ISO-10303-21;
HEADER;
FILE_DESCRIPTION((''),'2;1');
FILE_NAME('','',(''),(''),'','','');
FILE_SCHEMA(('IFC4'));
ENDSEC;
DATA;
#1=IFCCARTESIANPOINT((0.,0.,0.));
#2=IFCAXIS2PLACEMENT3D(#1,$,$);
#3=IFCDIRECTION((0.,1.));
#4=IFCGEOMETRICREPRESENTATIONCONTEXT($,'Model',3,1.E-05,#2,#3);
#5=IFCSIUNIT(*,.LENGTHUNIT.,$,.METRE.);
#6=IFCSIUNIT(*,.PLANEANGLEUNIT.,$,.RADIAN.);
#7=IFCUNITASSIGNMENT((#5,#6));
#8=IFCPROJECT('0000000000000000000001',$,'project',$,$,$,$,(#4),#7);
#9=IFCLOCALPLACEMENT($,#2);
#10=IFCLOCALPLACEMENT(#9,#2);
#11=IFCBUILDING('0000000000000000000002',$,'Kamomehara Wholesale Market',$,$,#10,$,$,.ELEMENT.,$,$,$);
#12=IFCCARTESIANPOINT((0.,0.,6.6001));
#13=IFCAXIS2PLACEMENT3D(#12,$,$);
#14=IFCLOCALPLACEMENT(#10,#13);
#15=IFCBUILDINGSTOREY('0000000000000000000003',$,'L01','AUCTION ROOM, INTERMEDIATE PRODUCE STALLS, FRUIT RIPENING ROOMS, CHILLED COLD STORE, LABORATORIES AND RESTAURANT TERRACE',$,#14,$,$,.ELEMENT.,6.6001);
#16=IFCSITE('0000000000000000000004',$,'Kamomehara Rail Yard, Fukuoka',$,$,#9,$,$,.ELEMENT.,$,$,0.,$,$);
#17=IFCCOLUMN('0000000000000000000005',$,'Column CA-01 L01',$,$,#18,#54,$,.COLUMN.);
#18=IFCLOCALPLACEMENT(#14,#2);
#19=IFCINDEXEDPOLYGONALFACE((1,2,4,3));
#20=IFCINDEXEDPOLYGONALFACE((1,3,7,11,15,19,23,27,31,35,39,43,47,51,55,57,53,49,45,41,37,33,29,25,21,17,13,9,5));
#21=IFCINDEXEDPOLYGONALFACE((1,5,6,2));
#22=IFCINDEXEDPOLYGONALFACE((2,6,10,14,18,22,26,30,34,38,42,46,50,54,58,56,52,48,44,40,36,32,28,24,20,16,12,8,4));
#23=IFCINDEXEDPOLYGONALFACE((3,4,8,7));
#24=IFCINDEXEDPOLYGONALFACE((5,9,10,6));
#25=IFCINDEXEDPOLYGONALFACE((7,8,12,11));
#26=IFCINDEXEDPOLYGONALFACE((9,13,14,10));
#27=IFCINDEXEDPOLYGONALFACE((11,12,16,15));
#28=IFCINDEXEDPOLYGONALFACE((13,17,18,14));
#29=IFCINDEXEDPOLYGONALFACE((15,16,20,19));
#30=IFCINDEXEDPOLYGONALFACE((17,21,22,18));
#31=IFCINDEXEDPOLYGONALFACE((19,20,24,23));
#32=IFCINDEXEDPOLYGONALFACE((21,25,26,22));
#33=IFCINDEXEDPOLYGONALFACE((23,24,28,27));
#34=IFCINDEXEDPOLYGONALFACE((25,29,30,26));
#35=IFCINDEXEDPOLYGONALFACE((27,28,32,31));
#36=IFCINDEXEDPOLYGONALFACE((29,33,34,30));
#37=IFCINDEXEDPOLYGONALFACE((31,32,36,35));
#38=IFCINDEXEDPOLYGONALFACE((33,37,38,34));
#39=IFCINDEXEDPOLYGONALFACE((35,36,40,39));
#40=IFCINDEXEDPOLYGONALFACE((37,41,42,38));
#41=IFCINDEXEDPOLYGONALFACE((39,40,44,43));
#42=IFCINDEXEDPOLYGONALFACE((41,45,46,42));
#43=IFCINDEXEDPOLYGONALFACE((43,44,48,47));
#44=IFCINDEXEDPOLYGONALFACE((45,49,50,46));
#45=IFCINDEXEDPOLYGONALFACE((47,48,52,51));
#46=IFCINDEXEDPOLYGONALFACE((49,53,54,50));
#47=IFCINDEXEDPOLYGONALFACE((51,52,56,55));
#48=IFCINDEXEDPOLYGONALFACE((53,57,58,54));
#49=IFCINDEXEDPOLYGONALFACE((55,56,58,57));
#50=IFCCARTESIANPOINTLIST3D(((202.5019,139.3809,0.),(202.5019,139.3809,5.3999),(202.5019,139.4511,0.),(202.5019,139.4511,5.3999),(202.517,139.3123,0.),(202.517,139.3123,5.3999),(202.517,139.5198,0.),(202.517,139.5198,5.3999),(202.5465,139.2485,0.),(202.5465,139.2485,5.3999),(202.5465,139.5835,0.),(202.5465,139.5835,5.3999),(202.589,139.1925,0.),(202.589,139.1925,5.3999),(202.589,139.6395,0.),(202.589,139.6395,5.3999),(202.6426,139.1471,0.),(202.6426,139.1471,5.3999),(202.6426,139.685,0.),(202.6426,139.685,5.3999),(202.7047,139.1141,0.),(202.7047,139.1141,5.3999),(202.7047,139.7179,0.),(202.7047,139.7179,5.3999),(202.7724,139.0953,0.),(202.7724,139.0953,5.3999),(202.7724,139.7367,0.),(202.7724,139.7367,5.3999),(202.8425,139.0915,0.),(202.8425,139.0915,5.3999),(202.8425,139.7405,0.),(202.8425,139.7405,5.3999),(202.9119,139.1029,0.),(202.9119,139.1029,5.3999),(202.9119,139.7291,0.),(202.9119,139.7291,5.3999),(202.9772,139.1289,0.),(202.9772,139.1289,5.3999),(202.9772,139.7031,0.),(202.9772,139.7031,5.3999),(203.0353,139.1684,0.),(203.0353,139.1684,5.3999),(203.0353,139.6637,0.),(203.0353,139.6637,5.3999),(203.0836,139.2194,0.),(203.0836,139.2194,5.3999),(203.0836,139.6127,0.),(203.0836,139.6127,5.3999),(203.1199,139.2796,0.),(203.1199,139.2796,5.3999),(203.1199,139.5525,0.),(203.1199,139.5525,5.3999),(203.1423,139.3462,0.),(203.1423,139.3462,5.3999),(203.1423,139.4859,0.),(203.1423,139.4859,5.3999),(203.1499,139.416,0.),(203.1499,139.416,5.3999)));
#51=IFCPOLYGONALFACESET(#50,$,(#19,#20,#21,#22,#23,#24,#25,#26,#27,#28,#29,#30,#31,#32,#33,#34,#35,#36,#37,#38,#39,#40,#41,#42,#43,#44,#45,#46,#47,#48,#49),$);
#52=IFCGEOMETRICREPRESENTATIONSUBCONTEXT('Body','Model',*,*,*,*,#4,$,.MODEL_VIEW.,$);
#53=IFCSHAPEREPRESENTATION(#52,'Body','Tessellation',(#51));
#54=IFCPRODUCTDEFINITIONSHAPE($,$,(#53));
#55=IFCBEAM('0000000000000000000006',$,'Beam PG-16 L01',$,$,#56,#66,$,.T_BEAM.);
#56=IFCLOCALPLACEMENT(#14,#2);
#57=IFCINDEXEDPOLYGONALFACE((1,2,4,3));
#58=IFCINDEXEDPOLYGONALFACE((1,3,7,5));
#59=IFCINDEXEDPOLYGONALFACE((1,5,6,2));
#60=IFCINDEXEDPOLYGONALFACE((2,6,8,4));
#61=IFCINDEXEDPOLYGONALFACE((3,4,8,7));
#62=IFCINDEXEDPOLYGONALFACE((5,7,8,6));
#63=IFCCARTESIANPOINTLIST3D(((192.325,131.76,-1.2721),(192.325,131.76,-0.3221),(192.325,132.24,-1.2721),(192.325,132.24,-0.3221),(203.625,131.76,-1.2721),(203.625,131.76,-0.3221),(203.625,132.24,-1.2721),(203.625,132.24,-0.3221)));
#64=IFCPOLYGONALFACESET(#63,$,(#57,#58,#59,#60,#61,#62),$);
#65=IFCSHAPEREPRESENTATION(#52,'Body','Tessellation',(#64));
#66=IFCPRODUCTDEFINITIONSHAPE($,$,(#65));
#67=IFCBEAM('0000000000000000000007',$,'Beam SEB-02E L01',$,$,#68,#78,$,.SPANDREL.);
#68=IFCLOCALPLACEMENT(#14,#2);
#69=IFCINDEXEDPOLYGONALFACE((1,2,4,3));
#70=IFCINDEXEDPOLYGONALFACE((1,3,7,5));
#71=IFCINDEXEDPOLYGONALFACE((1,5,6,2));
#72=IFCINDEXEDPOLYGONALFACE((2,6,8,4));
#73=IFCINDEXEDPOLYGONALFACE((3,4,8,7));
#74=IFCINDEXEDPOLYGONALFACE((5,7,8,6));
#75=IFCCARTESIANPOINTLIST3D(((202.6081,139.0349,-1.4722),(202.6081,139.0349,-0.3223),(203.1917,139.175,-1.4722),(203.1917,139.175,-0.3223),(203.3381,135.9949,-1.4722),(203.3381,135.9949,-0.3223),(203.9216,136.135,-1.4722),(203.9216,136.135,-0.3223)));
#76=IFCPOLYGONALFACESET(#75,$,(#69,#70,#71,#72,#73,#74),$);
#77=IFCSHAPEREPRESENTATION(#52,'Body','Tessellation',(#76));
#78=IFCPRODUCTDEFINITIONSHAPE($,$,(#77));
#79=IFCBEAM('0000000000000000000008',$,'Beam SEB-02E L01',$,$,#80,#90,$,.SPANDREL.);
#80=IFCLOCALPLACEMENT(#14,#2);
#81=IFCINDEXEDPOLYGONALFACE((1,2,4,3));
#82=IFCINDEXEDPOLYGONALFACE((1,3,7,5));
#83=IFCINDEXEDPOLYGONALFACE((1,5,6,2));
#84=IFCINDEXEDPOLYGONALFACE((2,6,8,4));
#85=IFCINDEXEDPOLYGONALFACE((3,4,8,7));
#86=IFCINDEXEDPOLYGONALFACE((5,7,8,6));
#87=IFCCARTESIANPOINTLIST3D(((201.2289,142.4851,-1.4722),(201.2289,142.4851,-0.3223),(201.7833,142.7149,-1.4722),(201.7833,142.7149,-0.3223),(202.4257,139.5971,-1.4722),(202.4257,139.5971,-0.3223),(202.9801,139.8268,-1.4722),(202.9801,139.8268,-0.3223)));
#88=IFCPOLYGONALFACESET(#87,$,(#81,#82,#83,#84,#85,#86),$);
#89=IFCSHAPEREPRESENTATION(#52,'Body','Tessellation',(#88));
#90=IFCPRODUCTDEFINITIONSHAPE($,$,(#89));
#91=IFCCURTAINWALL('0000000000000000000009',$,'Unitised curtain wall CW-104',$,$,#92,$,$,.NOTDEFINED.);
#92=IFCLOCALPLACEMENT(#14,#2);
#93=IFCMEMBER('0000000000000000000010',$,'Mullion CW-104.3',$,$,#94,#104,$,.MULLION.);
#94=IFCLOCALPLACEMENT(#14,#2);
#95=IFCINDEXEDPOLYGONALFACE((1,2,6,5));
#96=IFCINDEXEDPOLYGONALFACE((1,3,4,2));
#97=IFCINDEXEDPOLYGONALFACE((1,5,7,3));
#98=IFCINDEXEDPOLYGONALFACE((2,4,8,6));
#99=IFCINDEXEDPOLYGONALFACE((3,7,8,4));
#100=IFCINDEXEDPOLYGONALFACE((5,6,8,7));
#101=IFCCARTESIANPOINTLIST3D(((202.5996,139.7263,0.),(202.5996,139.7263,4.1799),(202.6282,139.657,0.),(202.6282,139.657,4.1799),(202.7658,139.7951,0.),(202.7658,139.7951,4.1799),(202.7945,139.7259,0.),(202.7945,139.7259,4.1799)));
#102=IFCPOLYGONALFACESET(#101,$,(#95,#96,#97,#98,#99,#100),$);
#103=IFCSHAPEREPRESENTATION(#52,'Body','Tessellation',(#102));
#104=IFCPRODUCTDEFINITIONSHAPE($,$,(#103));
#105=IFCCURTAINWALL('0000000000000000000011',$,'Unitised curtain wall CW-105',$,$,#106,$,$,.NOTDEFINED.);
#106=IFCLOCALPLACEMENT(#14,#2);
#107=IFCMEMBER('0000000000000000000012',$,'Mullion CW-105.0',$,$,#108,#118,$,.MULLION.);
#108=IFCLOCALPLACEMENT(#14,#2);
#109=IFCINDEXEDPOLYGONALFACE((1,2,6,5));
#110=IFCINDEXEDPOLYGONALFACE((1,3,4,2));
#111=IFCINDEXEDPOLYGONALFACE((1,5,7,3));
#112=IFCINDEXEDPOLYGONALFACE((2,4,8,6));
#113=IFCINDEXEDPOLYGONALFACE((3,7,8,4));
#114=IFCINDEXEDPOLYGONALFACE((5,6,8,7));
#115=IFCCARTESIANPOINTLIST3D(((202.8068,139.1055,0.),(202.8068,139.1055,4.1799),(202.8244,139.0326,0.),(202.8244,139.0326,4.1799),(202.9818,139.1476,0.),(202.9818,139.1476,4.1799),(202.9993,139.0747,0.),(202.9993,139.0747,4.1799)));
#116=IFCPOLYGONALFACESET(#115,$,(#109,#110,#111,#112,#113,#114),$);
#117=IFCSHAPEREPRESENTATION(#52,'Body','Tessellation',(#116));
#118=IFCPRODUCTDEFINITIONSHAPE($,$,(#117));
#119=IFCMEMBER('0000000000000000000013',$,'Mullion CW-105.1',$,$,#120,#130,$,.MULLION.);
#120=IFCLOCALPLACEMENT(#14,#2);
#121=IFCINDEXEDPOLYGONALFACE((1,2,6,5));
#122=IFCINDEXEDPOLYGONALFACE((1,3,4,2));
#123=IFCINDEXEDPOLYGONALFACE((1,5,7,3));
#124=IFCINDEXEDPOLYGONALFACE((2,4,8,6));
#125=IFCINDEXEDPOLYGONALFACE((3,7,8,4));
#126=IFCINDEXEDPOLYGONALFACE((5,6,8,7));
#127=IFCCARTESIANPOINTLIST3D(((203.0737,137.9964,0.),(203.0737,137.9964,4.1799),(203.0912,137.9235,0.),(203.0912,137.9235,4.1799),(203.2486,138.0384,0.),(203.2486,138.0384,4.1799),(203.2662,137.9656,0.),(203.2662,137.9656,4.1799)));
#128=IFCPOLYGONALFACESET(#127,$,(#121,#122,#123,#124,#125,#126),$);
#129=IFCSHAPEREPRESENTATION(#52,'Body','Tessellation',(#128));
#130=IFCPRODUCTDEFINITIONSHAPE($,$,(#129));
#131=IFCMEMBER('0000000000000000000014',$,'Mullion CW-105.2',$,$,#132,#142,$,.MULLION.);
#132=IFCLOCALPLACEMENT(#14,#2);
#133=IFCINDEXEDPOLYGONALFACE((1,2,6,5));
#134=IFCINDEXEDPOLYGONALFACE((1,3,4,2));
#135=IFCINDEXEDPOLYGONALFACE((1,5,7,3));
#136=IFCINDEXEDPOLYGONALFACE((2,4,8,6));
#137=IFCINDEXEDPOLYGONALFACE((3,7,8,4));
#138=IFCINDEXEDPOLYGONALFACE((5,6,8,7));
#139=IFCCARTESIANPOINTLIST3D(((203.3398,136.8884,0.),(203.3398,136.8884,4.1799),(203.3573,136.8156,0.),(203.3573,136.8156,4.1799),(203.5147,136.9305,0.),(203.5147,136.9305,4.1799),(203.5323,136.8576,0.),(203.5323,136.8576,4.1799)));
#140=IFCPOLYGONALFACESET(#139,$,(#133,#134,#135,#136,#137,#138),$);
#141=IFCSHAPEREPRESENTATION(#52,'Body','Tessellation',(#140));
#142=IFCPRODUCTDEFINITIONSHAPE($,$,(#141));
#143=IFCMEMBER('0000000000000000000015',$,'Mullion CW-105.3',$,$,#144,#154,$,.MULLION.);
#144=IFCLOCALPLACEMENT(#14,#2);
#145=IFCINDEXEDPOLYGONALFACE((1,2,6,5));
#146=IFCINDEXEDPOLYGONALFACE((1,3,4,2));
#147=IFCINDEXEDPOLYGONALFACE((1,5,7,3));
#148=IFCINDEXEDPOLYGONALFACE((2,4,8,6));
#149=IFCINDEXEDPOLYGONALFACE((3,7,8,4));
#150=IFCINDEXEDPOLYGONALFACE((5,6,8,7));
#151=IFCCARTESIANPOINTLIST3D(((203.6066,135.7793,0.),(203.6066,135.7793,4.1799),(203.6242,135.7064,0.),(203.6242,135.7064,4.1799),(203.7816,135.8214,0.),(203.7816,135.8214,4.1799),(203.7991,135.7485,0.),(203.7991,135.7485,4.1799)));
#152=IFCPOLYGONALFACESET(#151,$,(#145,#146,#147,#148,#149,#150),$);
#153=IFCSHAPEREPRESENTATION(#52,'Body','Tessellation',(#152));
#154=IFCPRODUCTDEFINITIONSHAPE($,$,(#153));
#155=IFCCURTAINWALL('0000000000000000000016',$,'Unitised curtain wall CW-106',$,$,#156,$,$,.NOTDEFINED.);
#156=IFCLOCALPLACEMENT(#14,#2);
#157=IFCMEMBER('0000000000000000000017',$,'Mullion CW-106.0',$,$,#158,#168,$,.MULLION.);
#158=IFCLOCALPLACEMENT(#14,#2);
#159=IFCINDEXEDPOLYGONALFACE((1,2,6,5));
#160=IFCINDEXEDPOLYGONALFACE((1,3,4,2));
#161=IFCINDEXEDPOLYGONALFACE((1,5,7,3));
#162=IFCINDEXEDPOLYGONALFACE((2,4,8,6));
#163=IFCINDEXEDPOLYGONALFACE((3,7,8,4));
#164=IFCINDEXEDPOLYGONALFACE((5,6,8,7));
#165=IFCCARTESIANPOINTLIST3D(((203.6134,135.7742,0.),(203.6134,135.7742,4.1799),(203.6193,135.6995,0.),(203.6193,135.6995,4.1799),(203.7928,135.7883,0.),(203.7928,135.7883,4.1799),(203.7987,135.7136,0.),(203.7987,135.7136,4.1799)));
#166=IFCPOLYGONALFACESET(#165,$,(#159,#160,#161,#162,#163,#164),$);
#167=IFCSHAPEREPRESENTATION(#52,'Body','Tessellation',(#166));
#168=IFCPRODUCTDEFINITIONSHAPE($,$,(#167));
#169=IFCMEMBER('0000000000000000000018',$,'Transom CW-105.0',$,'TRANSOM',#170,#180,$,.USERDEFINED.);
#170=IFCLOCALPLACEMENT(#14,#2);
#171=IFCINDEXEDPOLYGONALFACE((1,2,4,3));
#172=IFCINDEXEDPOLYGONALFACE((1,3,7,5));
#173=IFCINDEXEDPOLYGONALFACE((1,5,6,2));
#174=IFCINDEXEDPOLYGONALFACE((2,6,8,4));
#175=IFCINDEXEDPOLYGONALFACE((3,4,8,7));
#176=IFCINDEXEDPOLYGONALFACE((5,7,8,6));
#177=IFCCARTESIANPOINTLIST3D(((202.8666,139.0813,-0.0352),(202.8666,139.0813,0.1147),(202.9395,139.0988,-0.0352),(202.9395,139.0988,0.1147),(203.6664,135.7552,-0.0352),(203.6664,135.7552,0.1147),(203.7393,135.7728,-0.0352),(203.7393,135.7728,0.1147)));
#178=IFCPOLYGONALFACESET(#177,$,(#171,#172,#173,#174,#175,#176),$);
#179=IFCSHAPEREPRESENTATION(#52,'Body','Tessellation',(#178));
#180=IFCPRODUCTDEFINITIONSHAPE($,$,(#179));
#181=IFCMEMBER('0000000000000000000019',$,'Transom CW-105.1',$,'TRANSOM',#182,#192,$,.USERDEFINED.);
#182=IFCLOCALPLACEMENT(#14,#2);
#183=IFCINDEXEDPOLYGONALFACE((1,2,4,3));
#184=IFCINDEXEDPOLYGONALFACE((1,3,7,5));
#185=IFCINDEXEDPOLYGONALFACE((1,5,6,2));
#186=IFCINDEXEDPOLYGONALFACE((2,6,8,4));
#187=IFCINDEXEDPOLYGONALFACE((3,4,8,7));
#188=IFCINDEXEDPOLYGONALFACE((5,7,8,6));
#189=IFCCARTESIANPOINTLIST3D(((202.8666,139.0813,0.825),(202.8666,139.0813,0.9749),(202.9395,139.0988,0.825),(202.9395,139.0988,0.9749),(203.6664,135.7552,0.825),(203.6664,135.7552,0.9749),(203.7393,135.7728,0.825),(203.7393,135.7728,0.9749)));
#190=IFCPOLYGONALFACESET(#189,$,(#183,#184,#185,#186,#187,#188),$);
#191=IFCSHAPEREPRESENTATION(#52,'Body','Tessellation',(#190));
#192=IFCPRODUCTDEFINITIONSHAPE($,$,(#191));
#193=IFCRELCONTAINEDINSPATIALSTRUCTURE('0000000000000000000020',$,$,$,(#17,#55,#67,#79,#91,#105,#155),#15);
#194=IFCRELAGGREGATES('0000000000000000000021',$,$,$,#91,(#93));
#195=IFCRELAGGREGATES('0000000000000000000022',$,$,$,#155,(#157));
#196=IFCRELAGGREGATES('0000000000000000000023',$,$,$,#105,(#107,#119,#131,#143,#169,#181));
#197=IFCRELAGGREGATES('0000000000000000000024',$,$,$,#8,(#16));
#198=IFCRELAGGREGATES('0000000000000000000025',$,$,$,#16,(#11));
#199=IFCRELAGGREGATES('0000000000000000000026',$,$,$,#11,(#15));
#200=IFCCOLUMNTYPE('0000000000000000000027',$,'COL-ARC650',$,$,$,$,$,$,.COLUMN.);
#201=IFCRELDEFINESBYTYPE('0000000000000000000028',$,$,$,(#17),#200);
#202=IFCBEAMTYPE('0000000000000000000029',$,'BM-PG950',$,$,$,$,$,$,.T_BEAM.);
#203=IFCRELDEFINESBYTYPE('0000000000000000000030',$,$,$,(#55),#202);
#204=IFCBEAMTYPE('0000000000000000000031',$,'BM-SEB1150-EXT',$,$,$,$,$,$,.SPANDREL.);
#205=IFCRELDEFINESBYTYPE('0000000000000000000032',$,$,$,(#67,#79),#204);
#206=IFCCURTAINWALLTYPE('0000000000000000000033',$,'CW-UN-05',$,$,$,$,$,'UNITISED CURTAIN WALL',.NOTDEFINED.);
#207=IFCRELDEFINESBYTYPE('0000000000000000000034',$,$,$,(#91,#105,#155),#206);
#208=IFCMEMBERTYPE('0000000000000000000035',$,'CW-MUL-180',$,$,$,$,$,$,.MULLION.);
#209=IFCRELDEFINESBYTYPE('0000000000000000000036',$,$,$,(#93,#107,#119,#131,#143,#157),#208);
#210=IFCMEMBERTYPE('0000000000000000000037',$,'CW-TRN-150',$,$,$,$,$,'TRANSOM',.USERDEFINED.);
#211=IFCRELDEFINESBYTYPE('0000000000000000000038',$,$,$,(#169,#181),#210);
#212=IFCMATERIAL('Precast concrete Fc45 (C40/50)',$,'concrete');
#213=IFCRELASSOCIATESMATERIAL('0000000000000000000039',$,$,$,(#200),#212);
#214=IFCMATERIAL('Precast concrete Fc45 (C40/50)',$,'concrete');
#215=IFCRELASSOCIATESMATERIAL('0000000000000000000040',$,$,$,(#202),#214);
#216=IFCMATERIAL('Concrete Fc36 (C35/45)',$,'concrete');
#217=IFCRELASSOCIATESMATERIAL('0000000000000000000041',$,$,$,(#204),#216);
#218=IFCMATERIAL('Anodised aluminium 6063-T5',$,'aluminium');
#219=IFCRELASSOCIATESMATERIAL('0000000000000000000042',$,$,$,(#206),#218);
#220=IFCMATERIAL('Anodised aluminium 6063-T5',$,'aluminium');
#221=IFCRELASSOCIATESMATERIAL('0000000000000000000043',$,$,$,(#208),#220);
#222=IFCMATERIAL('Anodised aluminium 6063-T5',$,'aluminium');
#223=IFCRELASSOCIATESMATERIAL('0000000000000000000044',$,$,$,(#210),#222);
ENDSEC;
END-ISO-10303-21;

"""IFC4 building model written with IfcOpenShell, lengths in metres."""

from ifc_helpers import new_model, si_unit, direction, frame, origin, origin_2d, place, context, subcontext, project, spatial, rectangle, circle, extrude, material, material_profile, profile_set, type_object, element, aggregate, save


model = new_model("IFC4")

# Units and contexts
model_context = context("Model", 3, precision=1e-05, world=origin(), true_north=direction((0.0, 1.0)))
body_context = subcontext(model_context, "Body", "Model", "MODEL_VIEW")
ifc_project = project(units=[si_unit("LENGTHUNIT", "METRE"), si_unit("PLANEANGLEUNIT", "RADIAN")], contexts=[model_context])

# Site, building, storey
site_placement = place(None, origin())
site = spatial("IfcSite", under=ifc_project, at=site_placement, Name="Kamomehara Rail Yard, Fukuoka", CompositionType="ELEMENT", RefElevation=0.0)
building_placement = place(site_placement, origin())
building = spatial("IfcBuilding", under=site, at=building_placement, Name="Kamomehara Wholesale Market", CompositionType="ELEMENT")
storey_placement = place(building_placement, frame((0.0, 0.0, 6.6001)))
storey = spatial("IfcBuildingStorey", under=building, at=storey_placement, Name="L01", Description="AUCTION ROOM, INTERMEDIATE PRODUCE STALLS, FRUIT RIPENING ROOMS, CHILLED COLD STORE, LABORATORIES AND RESTAURANT TERRACE", CompositionType="ELEMENT", Elevation=6.6001)

# Column
ifc_material_1 = material(Name="Precast concrete Fc45 (C40/50)", Category="concrete")
ifc_material_profile_1 = material_profile(ifc_material_1, circle(Radius=0.325, at=origin_2d()), Name="PC-ARC-D650")
ifc_profile_set_1 = profile_set([ifc_material_profile_1], Name="Precast concrete Fc45 (C40/50)")
column_type = type_object("IfcColumnType", Name="COL-ARC650", PredefinedType="COLUMN", material=ifc_profile_set_1)
column_placement = place(storey_placement, frame((202.825, 139.416, 0.0), z_axis=(0.0, 0.0, 1.0), x_axis=(1.0, 0.0, 0.0)))
element("IfcColumn", 1, at=column_placement, inside=storey, type_object=column_type, Name="Column CA-01 L01", PredefinedType="COLUMN", context=body_context, shape_type="SweptSolid", body=[
    extrude(circle(Radius=0.325, at=origin_2d()), origin(), (0.0, 0.0, 1.0), 5.3999),
])

# Beams
ifc_material_2 = material(Name="Precast concrete Fc45 (C40/50)", Category="concrete")
ifc_material_profile_2 = material_profile(ifc_material_2, rectangle(XDim=0.48, YDim=0.95, at=origin_2d()), Name="PC-GRD-480x950")
ifc_profile_set_2 = profile_set([ifc_material_profile_2], Name="Precast concrete Fc45 (C40/50)")
beam_type_1 = type_object("IfcBeamType", Name="BM-PG950", PredefinedType="T_BEAM", material=ifc_profile_set_2)
beam_1_placement = place(storey_placement, frame((192.325, 132.0, -0.7971), z_axis=(1.0, 0.0, 0.0), x_axis=(0.0, 1.0, 0.0)))
element("IfcBeam", 2, at=beam_1_placement, inside=storey, type_object=beam_type_1, Name="Beam PG-16 L01", PredefinedType="T_BEAM", context=body_context, shape_type="SweptSolid", body=[
    extrude(rectangle(XDim=0.48, YDim=0.95, at=origin_2d()), origin(), (0.0, 0.0, 1.0), 11.3),
])
ifc_material_3 = material(Name="Concrete Fc36 (C35/45)", Category="concrete")
ifc_material_profile_3 = material_profile(ifc_material_3, rectangle(XDim=0.6001, YDim=1.1499, at=origin_2d()), Name="RC-SEB-600x1150")
ifc_profile_set_3 = profile_set([ifc_material_profile_3], Name="Concrete Fc36 (C35/45)")
beam_type_2 = type_object("IfcBeamType", Name="BM-SEB1150-EXT", PredefinedType="SPANDREL", material=ifc_profile_set_3)
beam_2_placement = place(storey_placement, frame((203.6299, 136.0649, -0.8972), z_axis=(-0.233485, 0.97236, 0.0), x_axis=(-0.97236, -0.233485, 0.0)))
element("IfcBeam", 3, at=beam_2_placement, inside=storey, type_object=beam_type_2, Name="Beam SEB-02E L01", PredefinedType="SPANDREL", context=body_context, shape_type="SweptSolid", body=[
    extrude(rectangle(XDim=0.6001, YDim=1.1499, at=origin_2d()), origin(), (0.0, 0.0, 1.0), 3.1265),
])
beam_3_placement = place(storey_placement, frame((202.7029, 139.7119, -0.8972), z_axis=(-0.382807, 0.923828, 0.0), x_axis=(-0.923828, -0.382807, 0.0)))
element("IfcBeam", 4, at=beam_3_placement, inside=storey, type_object=beam_type_2, Name="Beam SEB-02E L01", PredefinedType="SPANDREL", context=body_context, shape_type="SweptSolid", body=[
    extrude(rectangle(XDim=0.6001, YDim=1.1499, at=origin_2d()), origin(), (0.0, 0.0, 1.0), 3.1262),
])

# Curtain wall, member
ifc_material_4 = material(Name="Anodised aluminium 6063-T5", Category="aluminium")
curtain_wall_type = type_object("IfcCurtainWallType", Name="CW-UN-05", ElementType="UNITISED CURTAIN WALL", PredefinedType="NOTDEFINED", material=ifc_material_4)
curtain_wall_1_placement = place(storey_placement, origin())
curtain_wall_1 = element("IfcCurtainWall", 5, at=curtain_wall_1_placement, inside=storey, type_object=curtain_wall_type, Name="Unitised curtain wall CW-104", PredefinedType="NOTDEFINED")
ifc_material_5 = material(Name="Anodised aluminium 6063-T5", Category="aluminium")
ifc_material_profile_4 = material_profile(ifc_material_5, rectangle(XDim=0.075, YDim=0.1799, at=origin_2d()), Name="ALU-MUL-75x180")
ifc_profile_set_4 = profile_set([ifc_material_profile_4], Name="Anodised aluminium 6063-T5")
member_type_1 = type_object("IfcMemberType", Name="CW-MUL-180", PredefinedType="MULLION", material=ifc_profile_set_4)
member_1_placement = place(storey_placement, frame((202.697, 139.7261, 0.0), z_axis=(0.0, 0.0, 1.0), x_axis=(0.382601, -0.923914, 0.0)))
member_1 = element("IfcMember", 6, at=member_1_placement, type_object=member_type_1, Name="Mullion CW-104.3", PredefinedType="MULLION", context=body_context, shape_type="SweptSolid", body=[
    extrude(rectangle(XDim=0.075, YDim=0.1799, at=origin_2d()), origin(), (0.0, 0.0, 1.0), 4.1799),
])
aggregate(curtain_wall_1, [member_1])

# Curtain wall, members
curtain_wall_2_placement = place(storey_placement, origin())
curtain_wall_2 = element("IfcCurtainWall", 7, at=curtain_wall_2_placement, inside=storey, type_object=curtain_wall_type, Name="Unitised curtain wall CW-105", PredefinedType="NOTDEFINED")
member_2_placement = place(storey_placement, frame((202.9031, 139.0901, 0.0), z_axis=(0.0, 0.0, 1.0), x_axis=(0.233859, -0.97227, 0.0)))
member_2 = element("IfcMember", 8, at=member_2_placement, type_object=member_type_1, Name="Mullion CW-105.0", PredefinedType="MULLION", context=body_context, shape_type="SweptSolid", body=[
    extrude(rectangle(XDim=0.075, YDim=0.1799, at=origin_2d()), origin(), (0.0, 0.0, 1.0), 4.1799),
])
member_3_placement = place(storey_placement, frame((203.1699, 137.981, 0.0), z_axis=(0.0, 0.0, 1.0), x_axis=(0.233859, -0.97227, 0.0)))
member_3 = element("IfcMember", 9, at=member_3_placement, type_object=member_type_1, Name="Mullion CW-105.1", PredefinedType="MULLION", context=body_context, shape_type="SweptSolid", body=[
    extrude(rectangle(XDim=0.075, YDim=0.1799, at=origin_2d()), origin(), (0.0, 0.0, 1.0), 4.1799),
])
member_4_placement = place(storey_placement, frame((203.436, 136.873, 0.0), z_axis=(0.0, 0.0, 1.0), x_axis=(0.233859, -0.97227, 0.0)))
member_4 = element("IfcMember", 10, at=member_4_placement, type_object=member_type_1, Name="Mullion CW-105.2", PredefinedType="MULLION", context=body_context, shape_type="SweptSolid", body=[
    extrude(rectangle(XDim=0.075, YDim=0.1799, at=origin_2d()), origin(), (0.0, 0.0, 1.0), 4.1799),
])
member_5_placement = place(storey_placement, frame((203.7029, 135.7639, 0.0), z_axis=(0.0, 0.0, 1.0), x_axis=(0.233859, -0.97227, 0.0)))
member_5 = element("IfcMember", 11, at=member_5_placement, type_object=member_type_1, Name="Mullion CW-105.3", PredefinedType="MULLION", context=body_context, shape_type="SweptSolid", body=[
    extrude(rectangle(XDim=0.075, YDim=0.1799, at=origin_2d()), origin(), (0.0, 0.0, 1.0), 4.1799),
])

# Curtain wall, member
curtain_wall_3_placement = place(storey_placement, origin())
curtain_wall_3 = element("IfcCurtainWall", 12, at=curtain_wall_3_placement, inside=storey, type_object=curtain_wall_type, Name="Unitised curtain wall CW-106", PredefinedType="NOTDEFINED")
member_6_placement = place(storey_placement, frame((203.7061, 135.7439, 0.0), z_axis=(0.0, 0.0, 1.0), x_axis=(0.078351, -0.996926, 0.0)))
member_6 = element("IfcMember", 13, at=member_6_placement, type_object=member_type_1, Name="Mullion CW-106.0", PredefinedType="MULLION", context=body_context, shape_type="SweptSolid", body=[
    extrude(rectangle(XDim=0.075, YDim=0.1799, at=origin_2d()), origin(), (0.0, 0.0, 1.0), 4.1799),
])

# Members
ifc_material_6 = material(Name="Anodised aluminium 6063-T5", Category="aluminium")
ifc_material_profile_5 = material_profile(ifc_material_6, rectangle(XDim=0.075, YDim=0.1499, at=origin_2d()), Name="ALU-TRN-75x150")
ifc_profile_set_5 = profile_set([ifc_material_profile_5], Name="Anodised aluminium 6063-T5")
member_type_2 = type_object("IfcMemberType", Name="CW-TRN-150", ElementType="TRANSOM", PredefinedType="USERDEFINED", material=ifc_profile_set_5)
member_7_placement = place(storey_placement, frame((202.9031, 139.0901, 0.0398), z_axis=(0.233794, -0.972286, 0.0), x_axis=(0.972286, 0.233794, 0.0)))
member_7 = element("IfcMember", 14, at=member_7_placement, type_object=member_type_2, Name="Transom CW-105.0", ObjectType="TRANSOM", PredefinedType="USERDEFINED", context=body_context, shape_type="SweptSolid", body=[
    extrude(rectangle(XDim=0.075, YDim=0.1499, at=origin_2d()), origin(), (0.0, 0.0, 1.0), 3.4209),
])
member_8_placement = place(storey_placement, frame((202.9031, 139.0901, 0.8999), z_axis=(0.233794, -0.972286, 0.0), x_axis=(0.972286, 0.233794, 0.0)))
member_8 = element("IfcMember", 15, at=member_8_placement, type_object=member_type_2, Name="Transom CW-105.1", ObjectType="TRANSOM", PredefinedType="USERDEFINED", context=body_context, shape_type="SweptSolid", body=[
    extrude(rectangle(XDim=0.075, YDim=0.1499, at=origin_2d()), origin(), (0.0, 0.0, 1.0), 3.4209),
])
aggregate(curtain_wall_3, [member_6])

aggregate(curtain_wall_2, [member_2, member_3, member_4, member_5, member_7, member_8])

save(model, "model.ifc")
